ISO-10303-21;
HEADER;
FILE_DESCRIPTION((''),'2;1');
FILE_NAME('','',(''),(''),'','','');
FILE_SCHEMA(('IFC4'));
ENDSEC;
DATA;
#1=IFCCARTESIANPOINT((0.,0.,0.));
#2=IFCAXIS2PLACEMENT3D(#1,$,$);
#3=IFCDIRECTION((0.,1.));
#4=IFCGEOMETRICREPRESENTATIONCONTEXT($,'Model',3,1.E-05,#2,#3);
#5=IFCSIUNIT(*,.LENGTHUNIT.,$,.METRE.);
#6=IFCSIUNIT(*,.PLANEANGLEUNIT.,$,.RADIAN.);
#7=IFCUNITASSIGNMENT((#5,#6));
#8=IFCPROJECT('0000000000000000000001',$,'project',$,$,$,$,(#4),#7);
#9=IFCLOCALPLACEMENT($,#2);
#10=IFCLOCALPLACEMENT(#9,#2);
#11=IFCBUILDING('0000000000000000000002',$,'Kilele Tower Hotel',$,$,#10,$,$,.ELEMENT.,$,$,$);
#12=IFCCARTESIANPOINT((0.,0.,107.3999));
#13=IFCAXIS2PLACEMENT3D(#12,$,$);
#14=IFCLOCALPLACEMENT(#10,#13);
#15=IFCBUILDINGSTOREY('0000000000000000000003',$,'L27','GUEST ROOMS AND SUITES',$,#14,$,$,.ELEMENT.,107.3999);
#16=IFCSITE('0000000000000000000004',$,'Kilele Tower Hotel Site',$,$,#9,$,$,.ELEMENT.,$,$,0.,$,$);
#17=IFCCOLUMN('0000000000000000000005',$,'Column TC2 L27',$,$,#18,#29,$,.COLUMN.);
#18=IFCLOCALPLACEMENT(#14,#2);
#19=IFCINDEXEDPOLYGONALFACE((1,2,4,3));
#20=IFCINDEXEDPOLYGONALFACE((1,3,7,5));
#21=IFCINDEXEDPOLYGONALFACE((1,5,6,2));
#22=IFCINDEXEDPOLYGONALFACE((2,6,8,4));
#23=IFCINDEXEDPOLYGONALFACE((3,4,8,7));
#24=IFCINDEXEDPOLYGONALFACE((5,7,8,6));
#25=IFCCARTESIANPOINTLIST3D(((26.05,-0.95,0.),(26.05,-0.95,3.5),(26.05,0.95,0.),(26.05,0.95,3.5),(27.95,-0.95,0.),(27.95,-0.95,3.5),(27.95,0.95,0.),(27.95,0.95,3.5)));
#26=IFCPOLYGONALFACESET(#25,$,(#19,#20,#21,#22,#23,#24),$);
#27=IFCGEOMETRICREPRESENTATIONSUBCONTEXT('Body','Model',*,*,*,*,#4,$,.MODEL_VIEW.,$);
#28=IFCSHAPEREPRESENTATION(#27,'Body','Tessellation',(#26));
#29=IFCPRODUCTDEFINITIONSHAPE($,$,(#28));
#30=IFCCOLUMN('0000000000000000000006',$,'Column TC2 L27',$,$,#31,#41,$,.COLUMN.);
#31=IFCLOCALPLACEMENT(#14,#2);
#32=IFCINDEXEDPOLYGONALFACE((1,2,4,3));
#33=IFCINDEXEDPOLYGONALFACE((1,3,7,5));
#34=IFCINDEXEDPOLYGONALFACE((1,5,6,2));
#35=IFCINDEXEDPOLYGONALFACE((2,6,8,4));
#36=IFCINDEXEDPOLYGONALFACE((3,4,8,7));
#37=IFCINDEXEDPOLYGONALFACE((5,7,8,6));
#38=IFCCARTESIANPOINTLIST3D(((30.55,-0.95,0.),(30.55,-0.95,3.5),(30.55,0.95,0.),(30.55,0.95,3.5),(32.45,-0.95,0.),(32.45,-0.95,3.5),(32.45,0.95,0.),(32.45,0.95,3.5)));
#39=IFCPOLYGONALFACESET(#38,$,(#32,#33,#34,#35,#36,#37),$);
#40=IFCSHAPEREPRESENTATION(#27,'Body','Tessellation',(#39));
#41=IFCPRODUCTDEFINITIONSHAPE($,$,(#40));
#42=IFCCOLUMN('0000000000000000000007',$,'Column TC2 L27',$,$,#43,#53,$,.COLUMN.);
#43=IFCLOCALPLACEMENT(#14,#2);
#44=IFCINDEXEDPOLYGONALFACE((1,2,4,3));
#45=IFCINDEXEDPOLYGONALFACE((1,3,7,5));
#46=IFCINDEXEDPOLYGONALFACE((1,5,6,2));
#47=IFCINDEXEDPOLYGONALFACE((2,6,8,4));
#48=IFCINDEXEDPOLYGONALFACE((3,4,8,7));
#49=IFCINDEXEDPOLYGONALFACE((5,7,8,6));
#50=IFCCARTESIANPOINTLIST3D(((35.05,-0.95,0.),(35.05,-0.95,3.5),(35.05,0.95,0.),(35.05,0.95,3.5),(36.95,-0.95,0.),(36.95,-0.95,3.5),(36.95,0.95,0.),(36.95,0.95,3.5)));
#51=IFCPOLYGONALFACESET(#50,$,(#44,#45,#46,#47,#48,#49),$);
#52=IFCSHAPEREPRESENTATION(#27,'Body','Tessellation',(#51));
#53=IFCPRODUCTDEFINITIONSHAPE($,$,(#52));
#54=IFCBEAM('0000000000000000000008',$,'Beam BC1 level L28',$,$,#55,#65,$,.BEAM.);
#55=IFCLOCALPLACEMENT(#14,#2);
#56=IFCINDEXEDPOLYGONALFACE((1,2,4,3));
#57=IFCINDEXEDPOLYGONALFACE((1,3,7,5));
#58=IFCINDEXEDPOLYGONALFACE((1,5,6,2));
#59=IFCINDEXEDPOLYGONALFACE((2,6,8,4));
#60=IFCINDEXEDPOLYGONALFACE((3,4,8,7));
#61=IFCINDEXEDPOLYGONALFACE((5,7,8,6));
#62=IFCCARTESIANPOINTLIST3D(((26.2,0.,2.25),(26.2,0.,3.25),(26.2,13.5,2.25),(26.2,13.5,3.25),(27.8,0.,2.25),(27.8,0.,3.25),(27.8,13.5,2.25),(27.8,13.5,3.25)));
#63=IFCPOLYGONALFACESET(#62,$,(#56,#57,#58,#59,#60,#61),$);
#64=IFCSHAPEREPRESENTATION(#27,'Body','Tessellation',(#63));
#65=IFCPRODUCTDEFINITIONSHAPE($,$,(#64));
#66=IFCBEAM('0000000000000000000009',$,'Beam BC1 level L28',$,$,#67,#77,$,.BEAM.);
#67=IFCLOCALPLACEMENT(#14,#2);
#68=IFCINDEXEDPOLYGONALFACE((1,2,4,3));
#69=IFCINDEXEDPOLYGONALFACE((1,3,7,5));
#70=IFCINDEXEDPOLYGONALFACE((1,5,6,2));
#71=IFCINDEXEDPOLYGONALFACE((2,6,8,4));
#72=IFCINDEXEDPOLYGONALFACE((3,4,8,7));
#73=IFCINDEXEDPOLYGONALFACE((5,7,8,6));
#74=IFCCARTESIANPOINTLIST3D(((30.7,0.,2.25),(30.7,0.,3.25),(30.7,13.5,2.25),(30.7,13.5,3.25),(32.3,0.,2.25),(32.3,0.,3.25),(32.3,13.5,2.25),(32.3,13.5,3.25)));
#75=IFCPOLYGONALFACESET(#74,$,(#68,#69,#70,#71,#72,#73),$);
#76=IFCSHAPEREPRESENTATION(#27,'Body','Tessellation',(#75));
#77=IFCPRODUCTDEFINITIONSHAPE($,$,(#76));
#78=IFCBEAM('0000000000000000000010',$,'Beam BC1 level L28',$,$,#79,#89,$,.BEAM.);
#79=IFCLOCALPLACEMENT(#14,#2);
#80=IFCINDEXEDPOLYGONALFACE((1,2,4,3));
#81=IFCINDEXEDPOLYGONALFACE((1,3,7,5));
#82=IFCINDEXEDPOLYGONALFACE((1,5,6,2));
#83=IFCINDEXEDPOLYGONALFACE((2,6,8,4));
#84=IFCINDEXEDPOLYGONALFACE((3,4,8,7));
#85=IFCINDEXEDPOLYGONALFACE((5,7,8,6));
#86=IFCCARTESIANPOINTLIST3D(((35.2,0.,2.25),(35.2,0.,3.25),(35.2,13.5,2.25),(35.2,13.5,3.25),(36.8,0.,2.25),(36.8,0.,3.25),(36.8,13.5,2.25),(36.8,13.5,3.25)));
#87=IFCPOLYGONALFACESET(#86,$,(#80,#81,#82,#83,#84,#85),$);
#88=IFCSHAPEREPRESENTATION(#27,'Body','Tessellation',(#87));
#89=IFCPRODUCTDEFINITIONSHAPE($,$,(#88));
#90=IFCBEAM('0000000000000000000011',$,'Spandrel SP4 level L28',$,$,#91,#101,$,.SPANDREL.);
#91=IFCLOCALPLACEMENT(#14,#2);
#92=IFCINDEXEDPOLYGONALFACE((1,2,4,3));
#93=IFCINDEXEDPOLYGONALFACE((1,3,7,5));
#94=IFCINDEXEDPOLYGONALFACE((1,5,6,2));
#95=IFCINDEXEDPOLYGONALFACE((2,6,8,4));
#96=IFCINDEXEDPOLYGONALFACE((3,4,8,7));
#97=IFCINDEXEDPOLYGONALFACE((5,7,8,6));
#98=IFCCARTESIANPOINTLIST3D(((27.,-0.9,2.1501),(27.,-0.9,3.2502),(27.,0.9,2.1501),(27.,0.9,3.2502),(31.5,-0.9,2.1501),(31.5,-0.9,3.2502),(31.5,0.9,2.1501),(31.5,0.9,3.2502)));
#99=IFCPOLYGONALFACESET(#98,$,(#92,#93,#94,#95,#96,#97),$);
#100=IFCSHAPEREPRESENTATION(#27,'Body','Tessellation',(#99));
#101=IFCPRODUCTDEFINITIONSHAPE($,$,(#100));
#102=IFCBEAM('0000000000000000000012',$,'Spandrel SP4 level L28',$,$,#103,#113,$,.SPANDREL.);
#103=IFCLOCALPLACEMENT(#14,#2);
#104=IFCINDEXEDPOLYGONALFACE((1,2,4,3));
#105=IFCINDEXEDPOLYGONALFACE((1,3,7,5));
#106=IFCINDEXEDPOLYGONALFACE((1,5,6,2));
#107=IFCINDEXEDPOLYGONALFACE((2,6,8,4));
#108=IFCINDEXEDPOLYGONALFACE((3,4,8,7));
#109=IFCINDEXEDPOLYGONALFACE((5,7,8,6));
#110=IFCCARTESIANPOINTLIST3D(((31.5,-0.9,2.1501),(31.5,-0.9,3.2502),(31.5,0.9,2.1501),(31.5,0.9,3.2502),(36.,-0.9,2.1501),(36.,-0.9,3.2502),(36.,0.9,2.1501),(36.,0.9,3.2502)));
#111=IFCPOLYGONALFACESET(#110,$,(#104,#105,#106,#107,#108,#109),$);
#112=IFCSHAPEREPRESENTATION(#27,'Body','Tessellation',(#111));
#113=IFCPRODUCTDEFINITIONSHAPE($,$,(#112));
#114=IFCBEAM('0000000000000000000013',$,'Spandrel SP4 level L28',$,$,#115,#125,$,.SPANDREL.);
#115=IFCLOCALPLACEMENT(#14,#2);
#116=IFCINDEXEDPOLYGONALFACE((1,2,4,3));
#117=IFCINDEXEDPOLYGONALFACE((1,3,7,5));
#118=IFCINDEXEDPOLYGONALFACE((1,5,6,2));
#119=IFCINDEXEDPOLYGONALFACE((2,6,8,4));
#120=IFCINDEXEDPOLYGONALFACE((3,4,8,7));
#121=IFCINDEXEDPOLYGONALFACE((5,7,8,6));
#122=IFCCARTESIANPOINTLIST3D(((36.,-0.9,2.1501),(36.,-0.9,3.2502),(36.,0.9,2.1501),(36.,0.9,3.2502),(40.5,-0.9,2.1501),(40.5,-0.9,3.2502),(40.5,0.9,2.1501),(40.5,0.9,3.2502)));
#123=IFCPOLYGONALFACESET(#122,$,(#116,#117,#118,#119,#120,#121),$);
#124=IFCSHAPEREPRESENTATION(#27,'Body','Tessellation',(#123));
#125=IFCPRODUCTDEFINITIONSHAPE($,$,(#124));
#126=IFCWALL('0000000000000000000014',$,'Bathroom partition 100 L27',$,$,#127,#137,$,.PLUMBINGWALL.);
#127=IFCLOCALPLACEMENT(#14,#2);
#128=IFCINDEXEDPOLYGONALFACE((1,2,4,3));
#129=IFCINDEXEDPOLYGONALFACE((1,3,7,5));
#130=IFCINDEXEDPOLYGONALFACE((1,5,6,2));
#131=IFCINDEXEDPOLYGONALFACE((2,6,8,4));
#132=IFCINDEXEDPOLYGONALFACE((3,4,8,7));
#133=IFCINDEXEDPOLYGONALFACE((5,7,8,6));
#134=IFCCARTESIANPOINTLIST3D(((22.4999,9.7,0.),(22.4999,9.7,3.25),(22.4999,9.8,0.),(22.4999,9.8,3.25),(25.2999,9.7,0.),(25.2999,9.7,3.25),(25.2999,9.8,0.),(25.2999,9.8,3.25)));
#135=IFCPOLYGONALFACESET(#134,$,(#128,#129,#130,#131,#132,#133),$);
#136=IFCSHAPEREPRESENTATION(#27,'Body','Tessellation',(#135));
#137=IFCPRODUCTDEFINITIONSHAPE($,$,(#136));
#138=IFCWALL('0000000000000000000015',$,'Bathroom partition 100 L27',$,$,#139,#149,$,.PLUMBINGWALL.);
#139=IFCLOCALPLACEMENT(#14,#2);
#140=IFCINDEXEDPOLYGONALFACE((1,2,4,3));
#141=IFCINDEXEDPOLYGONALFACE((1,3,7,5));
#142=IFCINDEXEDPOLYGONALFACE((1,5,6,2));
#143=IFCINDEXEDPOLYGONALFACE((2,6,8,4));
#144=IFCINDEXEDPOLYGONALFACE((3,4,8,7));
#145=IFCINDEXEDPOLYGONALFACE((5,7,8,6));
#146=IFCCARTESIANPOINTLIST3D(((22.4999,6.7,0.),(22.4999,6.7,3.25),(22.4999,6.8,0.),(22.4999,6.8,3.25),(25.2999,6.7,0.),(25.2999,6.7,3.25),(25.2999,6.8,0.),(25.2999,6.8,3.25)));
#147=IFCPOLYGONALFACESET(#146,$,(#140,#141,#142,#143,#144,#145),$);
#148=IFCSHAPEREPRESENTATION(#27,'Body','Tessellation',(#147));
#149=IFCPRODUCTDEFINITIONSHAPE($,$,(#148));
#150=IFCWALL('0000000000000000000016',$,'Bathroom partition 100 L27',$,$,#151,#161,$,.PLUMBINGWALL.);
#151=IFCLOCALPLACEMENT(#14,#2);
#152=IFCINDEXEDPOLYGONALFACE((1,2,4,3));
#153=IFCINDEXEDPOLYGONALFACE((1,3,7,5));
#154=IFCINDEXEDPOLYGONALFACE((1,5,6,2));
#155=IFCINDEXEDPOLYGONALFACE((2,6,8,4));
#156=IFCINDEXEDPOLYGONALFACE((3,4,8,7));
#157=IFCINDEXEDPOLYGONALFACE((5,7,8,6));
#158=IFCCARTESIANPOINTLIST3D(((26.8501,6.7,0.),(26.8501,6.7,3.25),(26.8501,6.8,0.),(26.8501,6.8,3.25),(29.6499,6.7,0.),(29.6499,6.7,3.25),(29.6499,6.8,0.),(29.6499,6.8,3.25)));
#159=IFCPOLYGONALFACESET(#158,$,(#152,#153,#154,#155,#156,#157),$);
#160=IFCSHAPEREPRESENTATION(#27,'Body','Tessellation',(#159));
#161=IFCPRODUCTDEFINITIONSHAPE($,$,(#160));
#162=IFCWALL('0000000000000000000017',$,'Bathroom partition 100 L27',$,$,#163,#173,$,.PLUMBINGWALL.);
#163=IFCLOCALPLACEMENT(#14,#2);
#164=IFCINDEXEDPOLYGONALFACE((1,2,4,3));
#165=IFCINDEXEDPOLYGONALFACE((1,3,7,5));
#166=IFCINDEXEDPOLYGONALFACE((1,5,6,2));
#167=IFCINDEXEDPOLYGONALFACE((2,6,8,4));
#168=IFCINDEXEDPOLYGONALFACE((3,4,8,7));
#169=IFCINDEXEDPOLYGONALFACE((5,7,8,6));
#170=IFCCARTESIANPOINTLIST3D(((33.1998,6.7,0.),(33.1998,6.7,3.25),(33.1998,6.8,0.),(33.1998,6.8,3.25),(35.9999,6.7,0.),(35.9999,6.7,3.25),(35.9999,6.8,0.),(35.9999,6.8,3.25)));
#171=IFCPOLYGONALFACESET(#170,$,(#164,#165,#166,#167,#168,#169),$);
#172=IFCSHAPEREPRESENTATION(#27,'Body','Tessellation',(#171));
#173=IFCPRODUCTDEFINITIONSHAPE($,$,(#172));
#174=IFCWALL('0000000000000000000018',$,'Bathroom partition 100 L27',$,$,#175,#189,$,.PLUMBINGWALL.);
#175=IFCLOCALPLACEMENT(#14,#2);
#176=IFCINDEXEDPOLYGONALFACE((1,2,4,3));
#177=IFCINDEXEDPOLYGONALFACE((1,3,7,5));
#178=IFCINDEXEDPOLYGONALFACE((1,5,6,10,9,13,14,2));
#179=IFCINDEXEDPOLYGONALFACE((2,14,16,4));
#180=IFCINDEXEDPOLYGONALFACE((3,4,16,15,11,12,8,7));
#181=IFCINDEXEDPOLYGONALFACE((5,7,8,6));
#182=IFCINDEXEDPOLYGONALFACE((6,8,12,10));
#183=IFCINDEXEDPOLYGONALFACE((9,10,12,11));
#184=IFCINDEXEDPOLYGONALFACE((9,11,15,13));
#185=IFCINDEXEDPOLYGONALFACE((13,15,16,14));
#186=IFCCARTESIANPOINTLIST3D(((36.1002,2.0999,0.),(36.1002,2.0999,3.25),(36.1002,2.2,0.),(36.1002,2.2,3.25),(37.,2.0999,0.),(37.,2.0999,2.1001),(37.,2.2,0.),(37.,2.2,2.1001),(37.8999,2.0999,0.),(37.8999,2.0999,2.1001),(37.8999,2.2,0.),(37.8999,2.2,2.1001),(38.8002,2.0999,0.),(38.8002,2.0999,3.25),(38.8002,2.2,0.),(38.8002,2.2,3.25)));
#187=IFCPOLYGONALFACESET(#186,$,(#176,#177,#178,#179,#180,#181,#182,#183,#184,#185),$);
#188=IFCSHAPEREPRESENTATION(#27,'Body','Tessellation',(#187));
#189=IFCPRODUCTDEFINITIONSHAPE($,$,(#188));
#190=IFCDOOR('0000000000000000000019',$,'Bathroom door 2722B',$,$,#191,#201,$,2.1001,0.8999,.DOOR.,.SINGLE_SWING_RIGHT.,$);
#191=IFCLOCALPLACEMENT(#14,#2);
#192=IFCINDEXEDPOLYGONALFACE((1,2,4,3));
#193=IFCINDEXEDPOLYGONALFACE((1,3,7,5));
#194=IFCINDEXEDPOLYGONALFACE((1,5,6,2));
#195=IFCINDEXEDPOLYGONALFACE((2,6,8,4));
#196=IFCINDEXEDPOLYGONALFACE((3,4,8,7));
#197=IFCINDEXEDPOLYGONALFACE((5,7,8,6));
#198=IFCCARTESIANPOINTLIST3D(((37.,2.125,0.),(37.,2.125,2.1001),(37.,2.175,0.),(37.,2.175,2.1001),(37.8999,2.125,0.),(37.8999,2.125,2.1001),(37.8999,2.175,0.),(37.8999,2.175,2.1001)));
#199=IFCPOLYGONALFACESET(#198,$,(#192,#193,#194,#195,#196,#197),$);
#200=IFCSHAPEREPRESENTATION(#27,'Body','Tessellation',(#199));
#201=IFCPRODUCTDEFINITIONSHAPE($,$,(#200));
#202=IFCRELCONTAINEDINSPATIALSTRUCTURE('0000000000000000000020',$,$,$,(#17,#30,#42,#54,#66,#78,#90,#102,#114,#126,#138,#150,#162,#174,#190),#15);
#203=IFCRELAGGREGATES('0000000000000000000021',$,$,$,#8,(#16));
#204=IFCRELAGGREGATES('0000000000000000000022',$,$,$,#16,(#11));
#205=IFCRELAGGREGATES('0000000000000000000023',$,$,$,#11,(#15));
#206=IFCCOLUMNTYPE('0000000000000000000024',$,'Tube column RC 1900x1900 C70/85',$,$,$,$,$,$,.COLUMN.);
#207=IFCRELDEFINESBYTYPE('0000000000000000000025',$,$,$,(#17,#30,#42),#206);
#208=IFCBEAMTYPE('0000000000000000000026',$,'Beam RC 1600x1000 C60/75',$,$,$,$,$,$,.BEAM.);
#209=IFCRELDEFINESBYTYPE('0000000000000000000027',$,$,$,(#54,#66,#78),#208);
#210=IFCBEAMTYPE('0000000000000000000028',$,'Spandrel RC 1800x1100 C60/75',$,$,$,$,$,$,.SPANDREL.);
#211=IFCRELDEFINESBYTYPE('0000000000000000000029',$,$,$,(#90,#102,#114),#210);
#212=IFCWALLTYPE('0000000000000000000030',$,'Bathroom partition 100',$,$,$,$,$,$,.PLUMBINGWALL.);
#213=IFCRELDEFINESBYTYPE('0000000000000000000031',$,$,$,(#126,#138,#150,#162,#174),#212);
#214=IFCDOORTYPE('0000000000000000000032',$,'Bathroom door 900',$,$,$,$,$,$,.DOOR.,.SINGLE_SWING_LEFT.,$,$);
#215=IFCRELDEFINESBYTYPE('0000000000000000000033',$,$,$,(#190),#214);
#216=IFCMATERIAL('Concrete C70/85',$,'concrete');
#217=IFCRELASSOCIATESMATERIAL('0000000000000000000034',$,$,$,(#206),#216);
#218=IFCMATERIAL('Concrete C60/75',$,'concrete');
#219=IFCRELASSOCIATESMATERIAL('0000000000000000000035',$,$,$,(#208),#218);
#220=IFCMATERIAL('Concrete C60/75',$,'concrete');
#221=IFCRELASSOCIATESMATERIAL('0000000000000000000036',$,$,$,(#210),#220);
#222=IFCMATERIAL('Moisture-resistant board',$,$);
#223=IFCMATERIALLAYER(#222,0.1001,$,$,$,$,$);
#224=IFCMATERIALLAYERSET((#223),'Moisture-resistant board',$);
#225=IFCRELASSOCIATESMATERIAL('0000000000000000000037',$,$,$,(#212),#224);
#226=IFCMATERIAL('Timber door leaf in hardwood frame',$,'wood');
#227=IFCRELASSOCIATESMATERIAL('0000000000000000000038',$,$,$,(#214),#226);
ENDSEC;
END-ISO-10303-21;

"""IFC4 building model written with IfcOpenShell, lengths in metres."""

from ifc_helpers import new_model, si_unit, direction, frame, frame_2d, origin, origin_2d, place, context, subcontext, project, spatial, rectangle, extrude, material, layer, layer_set, material_profile, profile_set, type_object, element, fill, save


model = new_model("IFC4")

# Units and contexts
model_context = context("Model", 3, precision=1e-05, world=origin(), true_north=direction((0.0, 1.0)))
body_context = subcontext(model_context, "Body", "Model", "MODEL_VIEW")
ifc_project = project(units=[si_unit("LENGTHUNIT", "METRE"), si_unit("PLANEANGLEUNIT", "RADIAN")], contexts=[model_context])

# Site, building, storey
site_placement = place(None, origin())
site = spatial("IfcSite", under=ifc_project, at=site_placement, Name="Kilele Tower Hotel Site", CompositionType="ELEMENT", RefElevation=0.0)
building_placement = place(site_placement, origin())
building = spatial("IfcBuilding", under=site, at=building_placement, Name="Kilele Tower Hotel", CompositionType="ELEMENT")
storey_placement = place(building_placement, frame((0.0, 0.0, 107.3999)))
storey = spatial("IfcBuildingStorey", under=building, at=storey_placement, Name="L27", Description="GUEST ROOMS AND SUITES", CompositionType="ELEMENT", Elevation=107.3999)

# Columns
ifc_material_1 = material(Name="Concrete C70/85", Category="concrete")
ifc_material_profile_1 = material_profile(ifc_material_1, rectangle(XDim=1.8999, YDim=1.8999, at=origin_2d()))
ifc_profile_set_1 = profile_set([ifc_material_profile_1], Name="Concrete C70/85")
column_type = type_object("IfcColumnType", Name="Tube column RC 1900x1900 C70/85", PredefinedType="COLUMN", material=ifc_profile_set_1)
for number, where, z_axis, x_axis, name in (
    (1, (27.0, 0.0, 0.0), (0.0, 0.0, 1.0), (1.0, 0.0, 0.0), "Column TC2 L27"),
    (2, (31.5, 0.0, 0.0), (0.0, 0.0, 1.0), (1.0, 0.0, 0.0), "Column TC2 L27"),
    (3, (36.0, 0.0, 0.0), (0.0, 0.0, 1.0), (1.0, 0.0, 0.0), "Column TC2 L27"),
):
    element("IfcColumn", number, at=place(storey_placement, frame(where, z_axis=z_axis, x_axis=x_axis)), inside=storey, type_object=column_type, Name=name, PredefinedType="COLUMN", context=body_context, shape_type="SweptSolid", body=[
        extrude(rectangle(XDim=1.8999, YDim=1.8999, at=origin_2d()), origin(), (0.0, 0.0, 1.0), 3.5),
    ])

# Beams
ifc_material_2 = material(Name="Concrete C60/75", Category="concrete")
ifc_material_profile_2 = material_profile(ifc_material_2, rectangle(XDim=1.6001, YDim=1.0, at=origin_2d()))
ifc_profile_set_2 = profile_set([ifc_material_profile_2], Name="Concrete C60/75")
beam_type_1 = type_object("IfcBeamType", Name="Beam RC 1600x1000 C60/75", PredefinedType="BEAM", material=ifc_profile_set_2)
for number, where, z_axis, x_axis, name in (
    (4, (27.0, 0.0, 2.75), (0.0, 1.0, 0.0), (-1.0, 0.0, 0.0), "Beam BC1 level L28"),
    (5, (31.5, 0.0, 2.75), (0.0, 1.0, 0.0), (-1.0, 0.0, 0.0), "Beam BC1 level L28"),
    (6, (36.0, 0.0, 2.75), (0.0, 1.0, 0.0), (-1.0, 0.0, 0.0), "Beam BC1 level L28"),
):
    element("IfcBeam", number, at=place(storey_placement, frame(where, z_axis=z_axis, x_axis=x_axis)), inside=storey, type_object=beam_type_1, Name=name, PredefinedType="BEAM", context=body_context, shape_type="SweptSolid", body=[
        extrude(rectangle(XDim=1.6001, YDim=1.0, at=origin_2d()), origin(), (0.0, 0.0, 1.0), 13.5),
    ])
ifc_material_3 = material(Name="Concrete C60/75", Category="concrete")
ifc_material_profile_3 = material_profile(ifc_material_3, rectangle(XDim=1.8, YDim=1.1001, at=origin_2d()))
ifc_profile_set_3 = profile_set([ifc_material_profile_3], Name="Concrete C60/75")
beam_type_2 = type_object("IfcBeamType", Name="Spandrel RC 1800x1100 C60/75", PredefinedType="SPANDREL", material=ifc_profile_set_3)
for number, where, z_axis, x_axis, name in (
    (7, (27.0, 0.0, 2.7002), (1.0, 0.0, 0.0), (0.0, 1.0, 0.0), "Spandrel SP4 level L28"),
    (8, (31.5, 0.0, 2.7002), (1.0, 0.0, 0.0), (0.0, 1.0, 0.0), "Spandrel SP4 level L28"),
    (9, (36.0, 0.0, 2.7002), (1.0, 0.0, 0.0), (0.0, 1.0, 0.0), "Spandrel SP4 level L28"),
):
    element("IfcBeam", number, at=place(storey_placement, frame(where, z_axis=z_axis, x_axis=x_axis)), inside=storey, type_object=beam_type_2, Name=name, PredefinedType="SPANDREL", context=body_context, shape_type="SweptSolid", body=[
        extrude(rectangle(XDim=1.8, YDim=1.1001, at=origin_2d()), origin(), (0.0, 0.0, 1.0), 4.5),
    ])

# Walls
ifc_material_4 = material(Name="Moisture-resistant board")
ifc_layer_1 = layer(ifc_material_4, 0.1001)
ifc_layer_set_1 = layer_set([ifc_layer_1], Name="Moisture-resistant board")
wall_type_1 = type_object("IfcWallType", Name="Bathroom partition 100", PredefinedType="PLUMBINGWALL", material=ifc_layer_set_1)
for number, where, z_axis, x_axis, name in (
    (10, (22.5, 9.75, 0.0), (0.0, 0.0, 1.0), (1.0, 0.0, 0.0), "Bathroom partition 100 L27"),
    (11, (22.5, 6.75, 0.0), (0.0, 0.0, 1.0), (1.0, 0.0, 0.0), "Bathroom partition 100 L27"),
):
    element("IfcWall", number, at=place(storey_placement, frame(where, z_axis=z_axis, x_axis=x_axis)), inside=storey, type_object=wall_type_1, Name=name, PredefinedType="PLUMBINGWALL", context=body_context, shape_type="SweptSolid", body=[
        extrude(rectangle(XDim=2.8, YDim=0.1001, at=frame_2d((1.3999, 0.0))), origin(), (0.0, 0.0, 1.0), 3.25),
    ])
wall_1_placement = place(storey_placement, frame((26.8501, 6.75, 0.0), z_axis=(0.0, 0.0, 1.0), x_axis=(1.0, 0.0, 0.0)))
element("IfcWall", 12, at=wall_1_placement, inside=storey, type_object=wall_type_1, Name="Bathroom partition 100 L27", PredefinedType="PLUMBINGWALL", context=body_context, shape_type="SweptSolid", body=[
    extrude(rectangle(XDim=2.7998, YDim=0.1001, at=frame_2d((1.3999, 0.0))), origin(), (0.0, 0.0, 1.0), 3.25),
])
wall_2_placement = place(storey_placement, frame((33.2, 6.75, 0.0), z_axis=(0.0, 0.0, 1.0), x_axis=(1.0, 0.0, 0.0)))
element("IfcWall", 13, at=wall_2_placement, inside=storey, type_object=wall_type_1, Name="Bathroom partition 100 L27", PredefinedType="PLUMBINGWALL", context=body_context, shape_type="SweptSolid", body=[
    extrude(rectangle(XDim=2.8, YDim=0.1001, at=frame_2d((1.3999, 0.0))), origin(), (0.0, 0.0, 1.0), 3.25),
])

# Wall, opening, door
wall_3_placement = place(storey_placement, frame((36.1001, 2.1499, 0.0), z_axis=(0.0, 0.0, 1.0), x_axis=(1.0, 0.0, 0.0)))
wall_3 = element("IfcWall", 14, at=wall_3_placement, inside=storey, type_object=wall_type_1, Name="Bathroom partition 100 L27", PredefinedType="PLUMBINGWALL", context=body_context, shape_type="SweptSolid", body=[
    extrude(rectangle(XDim=2.7, YDim=0.1001, at=frame_2d((1.3501, 0.0))), origin(), (0.0, 0.0, 1.0), 3.25),
])
opening_1_placement = place(wall_3_placement, frame((1.7998, 0.0, 0.0), z_axis=(0.0, 0.0, 1.0), x_axis=(-1.0, 0.0, 0.0)))
opening_1 = element("IfcOpeningElement", 15, at=opening_1_placement, cuts=wall_3, PredefinedType="OPENING", context=body_context, shape_type="SweptSolid", body=[
    extrude(rectangle(XDim=0.8999, YDim=2.1001, at=frame_2d((0.45, 1.05))), frame((0.0, 0.0601, 0.0), z_axis=(0.0, -1.0, 0.0), x_axis=(1.0, 0.0, 0.0)), (0.0, 0.0, 1.0), 0.1201),
])
ifc_material_5 = material(Name="Timber door leaf in hardwood frame", Category="wood")
door_type_1 = type_object("IfcDoorType", Name="Bathroom door 900", OperationType="SINGLE_SWING_LEFT", PredefinedType="DOOR", material=ifc_material_5)
door_1_placement = place(opening_1_placement, origin())
door_1 = element("IfcDoor", 16, at=door_1_placement, inside=storey, type_object=door_type_1, Name="Bathroom door 2722B", OperationType="SINGLE_SWING_RIGHT", OverallHeight=2.1001, OverallWidth=0.8999, PredefinedType="DOOR", context=body_context, shape_type="SweptSolid", body=[
    extrude(rectangle(XDim=0.8999, YDim=2.1001, at=frame_2d((0.45, 1.05))), frame((0.0, 0.0249, 0.0), z_axis=(0.0, -1.0, 0.0), x_axis=(1.0, 0.0, 0.0)), (0.0, 0.0, 1.0), 0.05),
])
fill(opening_1, door_1)

save(model, "model.ifc")
